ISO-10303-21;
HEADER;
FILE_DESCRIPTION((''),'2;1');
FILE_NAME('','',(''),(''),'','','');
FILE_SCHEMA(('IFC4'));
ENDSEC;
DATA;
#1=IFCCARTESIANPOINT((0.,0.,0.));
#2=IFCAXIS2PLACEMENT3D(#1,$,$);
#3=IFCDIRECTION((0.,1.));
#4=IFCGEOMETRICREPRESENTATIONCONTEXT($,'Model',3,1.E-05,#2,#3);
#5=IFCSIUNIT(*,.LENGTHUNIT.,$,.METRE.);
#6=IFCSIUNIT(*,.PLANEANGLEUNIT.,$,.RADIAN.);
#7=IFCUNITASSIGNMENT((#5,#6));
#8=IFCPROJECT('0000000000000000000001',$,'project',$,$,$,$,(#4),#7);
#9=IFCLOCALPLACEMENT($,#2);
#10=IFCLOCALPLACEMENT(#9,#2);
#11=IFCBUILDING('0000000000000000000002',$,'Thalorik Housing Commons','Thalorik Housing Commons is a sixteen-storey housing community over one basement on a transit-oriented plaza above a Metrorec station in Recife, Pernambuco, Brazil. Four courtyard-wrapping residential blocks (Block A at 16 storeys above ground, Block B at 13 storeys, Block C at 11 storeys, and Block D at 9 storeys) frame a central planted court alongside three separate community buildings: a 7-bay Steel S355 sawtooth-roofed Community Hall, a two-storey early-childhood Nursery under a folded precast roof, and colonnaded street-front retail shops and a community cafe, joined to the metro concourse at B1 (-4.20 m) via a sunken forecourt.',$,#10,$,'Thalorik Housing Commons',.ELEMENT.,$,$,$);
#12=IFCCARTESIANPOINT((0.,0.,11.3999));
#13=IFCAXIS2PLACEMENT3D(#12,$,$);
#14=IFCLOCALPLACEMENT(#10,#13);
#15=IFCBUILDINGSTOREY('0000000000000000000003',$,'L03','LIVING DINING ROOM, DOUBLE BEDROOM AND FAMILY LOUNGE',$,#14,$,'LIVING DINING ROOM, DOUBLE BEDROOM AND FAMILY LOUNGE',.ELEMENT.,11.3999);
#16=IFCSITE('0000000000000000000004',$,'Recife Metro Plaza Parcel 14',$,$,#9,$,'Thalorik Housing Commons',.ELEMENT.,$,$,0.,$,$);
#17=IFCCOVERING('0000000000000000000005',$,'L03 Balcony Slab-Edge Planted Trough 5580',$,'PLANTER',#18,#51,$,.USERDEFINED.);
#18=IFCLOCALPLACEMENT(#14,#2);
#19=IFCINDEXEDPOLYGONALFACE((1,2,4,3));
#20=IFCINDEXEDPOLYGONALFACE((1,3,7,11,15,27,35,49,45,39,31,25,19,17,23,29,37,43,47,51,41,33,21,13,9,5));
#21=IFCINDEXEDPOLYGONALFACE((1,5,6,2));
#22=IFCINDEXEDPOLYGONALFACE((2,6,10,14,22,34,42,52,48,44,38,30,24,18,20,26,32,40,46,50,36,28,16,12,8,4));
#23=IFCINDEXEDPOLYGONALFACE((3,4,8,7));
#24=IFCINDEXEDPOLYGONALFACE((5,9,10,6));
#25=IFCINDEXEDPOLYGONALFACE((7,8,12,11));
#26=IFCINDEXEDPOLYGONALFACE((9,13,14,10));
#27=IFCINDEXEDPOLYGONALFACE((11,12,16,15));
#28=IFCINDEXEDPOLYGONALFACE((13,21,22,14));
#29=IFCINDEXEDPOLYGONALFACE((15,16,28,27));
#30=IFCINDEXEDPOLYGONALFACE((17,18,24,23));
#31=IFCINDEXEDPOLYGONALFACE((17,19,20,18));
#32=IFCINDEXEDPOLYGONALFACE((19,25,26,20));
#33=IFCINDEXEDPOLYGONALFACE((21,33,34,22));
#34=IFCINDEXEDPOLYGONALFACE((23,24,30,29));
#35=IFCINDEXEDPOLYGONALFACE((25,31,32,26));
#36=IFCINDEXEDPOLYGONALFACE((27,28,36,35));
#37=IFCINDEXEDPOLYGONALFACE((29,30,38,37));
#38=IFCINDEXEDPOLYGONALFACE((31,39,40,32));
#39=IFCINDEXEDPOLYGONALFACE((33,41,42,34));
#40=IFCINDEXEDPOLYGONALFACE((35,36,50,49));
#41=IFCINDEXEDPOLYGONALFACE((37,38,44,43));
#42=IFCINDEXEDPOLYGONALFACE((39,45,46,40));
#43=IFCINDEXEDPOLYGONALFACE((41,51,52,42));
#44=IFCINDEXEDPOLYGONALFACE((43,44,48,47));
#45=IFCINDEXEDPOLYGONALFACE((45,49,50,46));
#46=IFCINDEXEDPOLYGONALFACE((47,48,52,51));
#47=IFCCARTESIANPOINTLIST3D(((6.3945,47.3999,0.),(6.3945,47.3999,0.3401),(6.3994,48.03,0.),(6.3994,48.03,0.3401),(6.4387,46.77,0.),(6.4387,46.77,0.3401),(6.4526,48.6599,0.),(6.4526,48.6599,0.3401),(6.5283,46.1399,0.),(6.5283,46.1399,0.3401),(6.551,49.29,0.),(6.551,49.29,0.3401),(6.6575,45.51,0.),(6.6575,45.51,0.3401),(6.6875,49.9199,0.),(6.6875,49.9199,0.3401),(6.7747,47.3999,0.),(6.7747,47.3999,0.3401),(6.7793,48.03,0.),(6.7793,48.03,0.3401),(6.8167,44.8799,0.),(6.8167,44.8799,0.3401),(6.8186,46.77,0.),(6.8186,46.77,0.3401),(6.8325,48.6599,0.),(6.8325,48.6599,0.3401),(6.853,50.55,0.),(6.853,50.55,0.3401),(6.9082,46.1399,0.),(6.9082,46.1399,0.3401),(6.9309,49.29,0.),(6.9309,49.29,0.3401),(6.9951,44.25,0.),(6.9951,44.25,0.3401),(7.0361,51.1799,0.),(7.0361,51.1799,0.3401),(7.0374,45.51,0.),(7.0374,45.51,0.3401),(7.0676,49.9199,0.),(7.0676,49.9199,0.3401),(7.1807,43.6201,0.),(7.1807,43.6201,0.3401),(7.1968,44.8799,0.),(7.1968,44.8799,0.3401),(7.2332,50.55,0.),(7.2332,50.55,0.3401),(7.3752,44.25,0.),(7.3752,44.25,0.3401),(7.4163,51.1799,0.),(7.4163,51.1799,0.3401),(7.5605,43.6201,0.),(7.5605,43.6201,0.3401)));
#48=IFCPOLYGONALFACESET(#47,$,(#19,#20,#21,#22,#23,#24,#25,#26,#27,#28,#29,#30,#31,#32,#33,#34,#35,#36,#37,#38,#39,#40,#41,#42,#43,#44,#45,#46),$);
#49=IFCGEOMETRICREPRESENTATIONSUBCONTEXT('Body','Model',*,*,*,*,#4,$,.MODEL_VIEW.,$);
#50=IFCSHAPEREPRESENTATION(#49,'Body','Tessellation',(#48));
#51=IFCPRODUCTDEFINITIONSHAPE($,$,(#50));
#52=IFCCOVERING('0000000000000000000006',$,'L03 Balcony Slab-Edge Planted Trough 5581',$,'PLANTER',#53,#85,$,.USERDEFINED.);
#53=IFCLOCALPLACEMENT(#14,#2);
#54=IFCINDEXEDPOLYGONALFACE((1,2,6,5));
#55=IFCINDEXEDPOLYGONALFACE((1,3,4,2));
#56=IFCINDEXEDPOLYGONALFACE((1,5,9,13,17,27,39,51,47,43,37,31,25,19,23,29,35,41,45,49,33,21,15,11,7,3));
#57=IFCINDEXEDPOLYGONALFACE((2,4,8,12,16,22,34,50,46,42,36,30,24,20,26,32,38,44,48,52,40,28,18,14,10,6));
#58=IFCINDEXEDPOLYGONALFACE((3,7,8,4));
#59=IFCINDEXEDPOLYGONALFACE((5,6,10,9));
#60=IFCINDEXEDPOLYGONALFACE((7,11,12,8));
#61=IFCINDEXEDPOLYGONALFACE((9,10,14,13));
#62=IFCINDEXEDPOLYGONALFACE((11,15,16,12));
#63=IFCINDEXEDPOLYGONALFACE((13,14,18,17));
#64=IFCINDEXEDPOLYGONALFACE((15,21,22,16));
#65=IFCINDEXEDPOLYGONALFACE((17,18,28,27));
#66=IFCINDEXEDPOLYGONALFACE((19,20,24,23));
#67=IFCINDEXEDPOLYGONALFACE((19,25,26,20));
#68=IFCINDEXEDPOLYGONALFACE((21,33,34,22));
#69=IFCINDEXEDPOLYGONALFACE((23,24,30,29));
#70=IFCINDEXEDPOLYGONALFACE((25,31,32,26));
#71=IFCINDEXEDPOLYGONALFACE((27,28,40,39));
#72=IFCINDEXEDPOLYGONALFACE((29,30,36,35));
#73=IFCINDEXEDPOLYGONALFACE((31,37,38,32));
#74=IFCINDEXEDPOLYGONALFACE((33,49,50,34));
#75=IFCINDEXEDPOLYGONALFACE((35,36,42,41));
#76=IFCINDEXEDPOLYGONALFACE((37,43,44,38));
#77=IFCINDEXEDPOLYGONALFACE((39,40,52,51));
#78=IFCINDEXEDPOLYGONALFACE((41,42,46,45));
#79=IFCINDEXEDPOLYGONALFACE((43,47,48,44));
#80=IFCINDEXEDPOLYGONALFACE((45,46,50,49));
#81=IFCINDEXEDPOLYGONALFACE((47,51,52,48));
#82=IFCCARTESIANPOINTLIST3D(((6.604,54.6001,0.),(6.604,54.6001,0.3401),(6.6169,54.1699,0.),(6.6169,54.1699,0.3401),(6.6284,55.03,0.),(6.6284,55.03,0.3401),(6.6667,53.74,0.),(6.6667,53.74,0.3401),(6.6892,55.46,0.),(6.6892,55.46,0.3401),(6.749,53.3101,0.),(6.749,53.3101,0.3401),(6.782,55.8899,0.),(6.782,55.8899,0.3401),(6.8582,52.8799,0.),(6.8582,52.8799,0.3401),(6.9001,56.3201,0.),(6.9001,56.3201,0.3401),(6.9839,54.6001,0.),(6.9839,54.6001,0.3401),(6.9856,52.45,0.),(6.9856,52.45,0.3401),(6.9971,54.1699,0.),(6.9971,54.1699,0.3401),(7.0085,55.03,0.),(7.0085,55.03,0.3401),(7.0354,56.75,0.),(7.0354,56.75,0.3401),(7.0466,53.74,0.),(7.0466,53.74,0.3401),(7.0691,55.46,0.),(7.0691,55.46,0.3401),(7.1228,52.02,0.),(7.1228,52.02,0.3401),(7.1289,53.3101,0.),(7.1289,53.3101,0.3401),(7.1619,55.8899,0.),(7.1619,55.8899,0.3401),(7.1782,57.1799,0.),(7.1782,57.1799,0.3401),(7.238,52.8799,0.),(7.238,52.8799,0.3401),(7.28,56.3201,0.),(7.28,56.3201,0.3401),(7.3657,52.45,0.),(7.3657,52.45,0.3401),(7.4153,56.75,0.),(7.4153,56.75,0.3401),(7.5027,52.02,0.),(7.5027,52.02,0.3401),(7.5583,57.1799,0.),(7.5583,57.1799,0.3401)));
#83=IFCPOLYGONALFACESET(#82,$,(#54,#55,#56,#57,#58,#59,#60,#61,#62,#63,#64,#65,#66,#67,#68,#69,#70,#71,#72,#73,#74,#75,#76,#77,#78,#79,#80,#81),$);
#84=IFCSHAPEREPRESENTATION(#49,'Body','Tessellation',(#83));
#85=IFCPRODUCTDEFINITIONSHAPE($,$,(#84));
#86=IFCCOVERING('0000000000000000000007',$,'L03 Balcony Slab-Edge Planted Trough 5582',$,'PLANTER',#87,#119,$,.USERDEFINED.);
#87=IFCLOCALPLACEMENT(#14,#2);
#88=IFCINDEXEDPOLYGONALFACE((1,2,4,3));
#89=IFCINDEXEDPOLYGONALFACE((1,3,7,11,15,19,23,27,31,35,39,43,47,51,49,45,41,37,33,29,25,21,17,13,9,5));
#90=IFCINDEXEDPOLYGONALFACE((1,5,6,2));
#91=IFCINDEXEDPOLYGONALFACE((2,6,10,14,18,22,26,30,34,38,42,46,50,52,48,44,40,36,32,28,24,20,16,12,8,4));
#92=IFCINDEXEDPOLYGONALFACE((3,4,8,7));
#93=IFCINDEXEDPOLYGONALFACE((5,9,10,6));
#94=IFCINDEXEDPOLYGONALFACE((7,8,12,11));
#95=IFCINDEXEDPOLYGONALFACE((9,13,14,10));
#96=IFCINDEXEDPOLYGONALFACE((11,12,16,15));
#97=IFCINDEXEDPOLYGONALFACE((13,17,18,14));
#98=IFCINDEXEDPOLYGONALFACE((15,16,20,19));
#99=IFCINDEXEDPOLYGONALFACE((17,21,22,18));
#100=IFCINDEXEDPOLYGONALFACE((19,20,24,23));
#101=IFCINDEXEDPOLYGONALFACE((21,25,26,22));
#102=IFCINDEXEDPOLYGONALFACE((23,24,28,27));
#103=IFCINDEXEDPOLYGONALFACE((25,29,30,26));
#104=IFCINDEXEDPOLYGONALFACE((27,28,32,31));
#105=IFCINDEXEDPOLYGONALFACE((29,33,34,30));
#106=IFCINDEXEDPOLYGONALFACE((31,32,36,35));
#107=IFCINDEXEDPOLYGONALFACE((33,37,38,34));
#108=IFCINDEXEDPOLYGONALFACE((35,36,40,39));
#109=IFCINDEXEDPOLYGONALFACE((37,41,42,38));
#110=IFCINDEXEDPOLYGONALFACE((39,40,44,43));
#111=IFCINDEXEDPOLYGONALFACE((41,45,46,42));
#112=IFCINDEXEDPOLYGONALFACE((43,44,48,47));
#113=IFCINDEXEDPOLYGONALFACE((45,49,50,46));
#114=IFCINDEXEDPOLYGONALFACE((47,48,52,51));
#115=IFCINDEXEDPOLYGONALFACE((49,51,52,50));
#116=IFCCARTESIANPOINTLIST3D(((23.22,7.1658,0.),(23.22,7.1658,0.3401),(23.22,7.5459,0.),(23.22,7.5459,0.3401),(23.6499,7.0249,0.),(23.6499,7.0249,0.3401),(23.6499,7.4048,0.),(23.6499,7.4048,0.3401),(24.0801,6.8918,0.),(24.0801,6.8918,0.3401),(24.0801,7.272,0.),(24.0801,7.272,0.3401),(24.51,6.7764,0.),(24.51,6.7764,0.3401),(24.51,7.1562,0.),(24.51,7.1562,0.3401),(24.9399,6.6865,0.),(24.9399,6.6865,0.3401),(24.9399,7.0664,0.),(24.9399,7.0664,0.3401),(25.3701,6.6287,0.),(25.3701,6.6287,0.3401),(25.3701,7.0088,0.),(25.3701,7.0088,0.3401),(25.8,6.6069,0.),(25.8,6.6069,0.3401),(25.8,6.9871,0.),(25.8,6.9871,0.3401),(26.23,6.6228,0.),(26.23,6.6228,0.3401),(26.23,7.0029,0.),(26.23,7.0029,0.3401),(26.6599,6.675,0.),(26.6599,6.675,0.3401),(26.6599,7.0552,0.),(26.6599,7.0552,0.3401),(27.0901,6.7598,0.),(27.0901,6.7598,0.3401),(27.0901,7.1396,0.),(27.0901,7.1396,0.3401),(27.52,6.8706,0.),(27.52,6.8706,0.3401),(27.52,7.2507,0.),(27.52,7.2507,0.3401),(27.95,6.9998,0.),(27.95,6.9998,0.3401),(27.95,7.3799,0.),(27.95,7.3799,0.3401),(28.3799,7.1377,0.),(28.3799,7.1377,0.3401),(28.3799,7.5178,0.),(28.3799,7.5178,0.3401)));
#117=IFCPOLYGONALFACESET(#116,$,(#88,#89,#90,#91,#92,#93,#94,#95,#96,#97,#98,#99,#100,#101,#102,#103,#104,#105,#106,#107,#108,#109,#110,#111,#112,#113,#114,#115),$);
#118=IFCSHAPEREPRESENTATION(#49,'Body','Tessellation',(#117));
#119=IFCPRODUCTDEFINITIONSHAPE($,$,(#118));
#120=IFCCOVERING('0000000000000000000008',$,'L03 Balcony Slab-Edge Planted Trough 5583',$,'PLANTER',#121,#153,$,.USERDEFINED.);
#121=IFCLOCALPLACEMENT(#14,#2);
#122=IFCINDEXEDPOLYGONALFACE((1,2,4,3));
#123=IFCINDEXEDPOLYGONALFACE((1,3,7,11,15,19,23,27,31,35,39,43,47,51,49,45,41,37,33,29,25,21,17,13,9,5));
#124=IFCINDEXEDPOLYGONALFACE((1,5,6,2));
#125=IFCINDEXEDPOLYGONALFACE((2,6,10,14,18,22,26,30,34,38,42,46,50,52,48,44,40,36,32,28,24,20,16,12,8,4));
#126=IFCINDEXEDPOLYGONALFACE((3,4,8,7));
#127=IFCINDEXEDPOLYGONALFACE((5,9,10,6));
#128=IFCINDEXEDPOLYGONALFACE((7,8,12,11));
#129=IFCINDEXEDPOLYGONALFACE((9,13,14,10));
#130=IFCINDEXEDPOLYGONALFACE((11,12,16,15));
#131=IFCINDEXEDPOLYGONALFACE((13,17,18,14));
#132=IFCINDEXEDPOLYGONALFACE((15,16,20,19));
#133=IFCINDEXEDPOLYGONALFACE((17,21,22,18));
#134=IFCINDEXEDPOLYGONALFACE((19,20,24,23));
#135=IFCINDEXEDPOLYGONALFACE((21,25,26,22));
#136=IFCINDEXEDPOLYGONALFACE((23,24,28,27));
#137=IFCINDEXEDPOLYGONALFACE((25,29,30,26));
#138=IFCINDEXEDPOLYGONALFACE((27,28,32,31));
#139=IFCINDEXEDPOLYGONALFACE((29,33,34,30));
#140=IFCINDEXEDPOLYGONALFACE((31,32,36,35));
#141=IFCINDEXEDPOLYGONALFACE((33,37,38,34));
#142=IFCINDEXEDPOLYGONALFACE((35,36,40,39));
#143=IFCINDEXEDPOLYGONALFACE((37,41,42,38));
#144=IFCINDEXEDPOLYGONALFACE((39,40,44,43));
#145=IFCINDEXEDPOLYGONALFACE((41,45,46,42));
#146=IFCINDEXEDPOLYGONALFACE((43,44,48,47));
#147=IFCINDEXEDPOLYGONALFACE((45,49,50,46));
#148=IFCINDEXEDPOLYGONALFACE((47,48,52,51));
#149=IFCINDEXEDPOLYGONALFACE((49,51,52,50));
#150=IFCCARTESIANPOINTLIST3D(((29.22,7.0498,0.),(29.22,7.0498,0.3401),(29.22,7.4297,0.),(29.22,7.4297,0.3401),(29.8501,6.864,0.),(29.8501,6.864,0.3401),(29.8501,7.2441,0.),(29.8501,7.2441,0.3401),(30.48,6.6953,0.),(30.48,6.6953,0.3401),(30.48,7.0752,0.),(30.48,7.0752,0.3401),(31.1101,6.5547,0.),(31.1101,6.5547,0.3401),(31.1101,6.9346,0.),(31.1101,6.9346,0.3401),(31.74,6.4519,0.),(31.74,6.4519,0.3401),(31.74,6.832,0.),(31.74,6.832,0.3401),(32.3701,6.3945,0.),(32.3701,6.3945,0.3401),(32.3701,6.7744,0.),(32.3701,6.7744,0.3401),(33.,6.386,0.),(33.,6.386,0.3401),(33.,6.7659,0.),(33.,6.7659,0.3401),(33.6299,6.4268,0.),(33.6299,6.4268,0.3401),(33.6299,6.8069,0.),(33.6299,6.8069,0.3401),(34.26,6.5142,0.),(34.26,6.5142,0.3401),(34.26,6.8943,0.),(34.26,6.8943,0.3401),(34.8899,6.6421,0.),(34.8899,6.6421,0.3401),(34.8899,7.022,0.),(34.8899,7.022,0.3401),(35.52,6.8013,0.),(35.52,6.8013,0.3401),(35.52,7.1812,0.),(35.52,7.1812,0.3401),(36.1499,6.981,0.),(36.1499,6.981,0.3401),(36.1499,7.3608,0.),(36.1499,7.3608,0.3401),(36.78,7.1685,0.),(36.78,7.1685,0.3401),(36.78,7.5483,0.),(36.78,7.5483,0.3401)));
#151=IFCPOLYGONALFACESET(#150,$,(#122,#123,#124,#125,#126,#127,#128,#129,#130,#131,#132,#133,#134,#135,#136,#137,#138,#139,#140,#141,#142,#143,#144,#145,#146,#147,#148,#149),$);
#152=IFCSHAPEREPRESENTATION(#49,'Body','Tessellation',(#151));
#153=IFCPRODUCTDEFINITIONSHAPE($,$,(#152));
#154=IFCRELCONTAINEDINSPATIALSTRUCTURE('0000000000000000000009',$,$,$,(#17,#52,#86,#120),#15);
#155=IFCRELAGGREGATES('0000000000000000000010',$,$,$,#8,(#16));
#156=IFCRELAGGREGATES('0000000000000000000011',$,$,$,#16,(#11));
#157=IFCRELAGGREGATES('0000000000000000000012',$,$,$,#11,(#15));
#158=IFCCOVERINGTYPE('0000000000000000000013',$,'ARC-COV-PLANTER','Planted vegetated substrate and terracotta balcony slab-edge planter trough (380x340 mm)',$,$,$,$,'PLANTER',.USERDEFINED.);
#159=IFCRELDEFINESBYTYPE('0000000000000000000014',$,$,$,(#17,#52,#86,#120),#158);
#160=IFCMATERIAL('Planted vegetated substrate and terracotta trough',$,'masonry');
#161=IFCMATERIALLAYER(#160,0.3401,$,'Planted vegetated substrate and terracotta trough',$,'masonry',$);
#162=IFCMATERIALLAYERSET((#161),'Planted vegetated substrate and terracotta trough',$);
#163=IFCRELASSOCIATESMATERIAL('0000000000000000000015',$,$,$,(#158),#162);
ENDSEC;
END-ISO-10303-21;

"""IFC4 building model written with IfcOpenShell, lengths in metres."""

from ifc_helpers import new_model, si_unit, direction, frame, origin, place, context, subcontext, project, spatial, polyline, outline, extrude, material, layer, layer_set, type_object, element, save


model = new_model("IFC4")

# Units and contexts
model_context = context("Model", 3, precision=1e-05, world=origin(), true_north=direction((0.0, 1.0)))
body_context = subcontext(model_context, "Body", "Model", "MODEL_VIEW")
ifc_project = project(units=[si_unit("LENGTHUNIT", "METRE"), si_unit("PLANEANGLEUNIT", "RADIAN")], contexts=[model_context])

# Site, building, storey
site_placement = place(None, origin())
site = spatial("IfcSite", under=ifc_project, at=site_placement, Name="Recife Metro Plaza Parcel 14", LongName="Thalorik Housing Commons", CompositionType="ELEMENT", RefElevation=0.0)
building_placement = place(site_placement, origin())
building = spatial("IfcBuilding", under=site, at=building_placement, Name="Thalorik Housing Commons", Description="Thalorik Housing Commons is a sixteen-storey housing community over one basement on a transit-oriented plaza above a Metrorec station in Recife, Pernambuco, Brazil. Four courtyard-wrapping residential blocks (Block A at 16 storeys above ground, Block B at 13 storeys, Block C at 11 storeys, and Block D at 9 storeys) frame a central planted court alongside three separate community buildings: a 7-bay Steel S355 sawtooth-roofed Community Hall, a two-storey early-childhood Nursery under a folded precast roof, and colonnaded street-front retail shops and a community cafe, joined to the metro concourse at B1 (-4.20 m) via a sunken forecourt.", LongName="Thalorik Housing Commons", CompositionType="ELEMENT")
storey_placement = place(building_placement, frame((0.0, 0.0, 11.3999)))
storey = spatial("IfcBuildingStorey", under=building, at=storey_placement, Name="L03", Description="LIVING DINING ROOM, DOUBLE BEDROOM AND FAMILY LOUNGE", LongName="LIVING DINING ROOM, DOUBLE BEDROOM AND FAMILY LOUNGE", CompositionType="ELEMENT", Elevation=11.3999)

# Coverings
ifc_material_1 = material(Name="Planted vegetated substrate and terracotta trough", Category="masonry")
ifc_layer_1 = layer(ifc_material_1, 0.3401, Name="Planted vegetated substrate and terracotta trough", Category="masonry")
ifc_layer_set_1 = layer_set([ifc_layer_1], Name="Planted vegetated substrate and terracotta trough")
covering_type = type_object("IfcCoveringType", Name="ARC-COV-PLANTER", Description="Planted vegetated substrate and terracotta balcony slab-edge planter trough (380x340 mm)", ElementType="PLANTER", PredefinedType="USERDEFINED", material=ifc_layer_set_1)
covering_1_placement = place(storey_placement, origin())
element("IfcCovering", 1, at=covering_1_placement, inside=storey, type_object=covering_type, Name="L03 Balcony Slab-Edge Planted Trough 5580", ObjectType="PLANTER", PredefinedType="USERDEFINED", context=body_context, shape_type="SweptSolid", body=[
    extrude(outline(polyline([(7.0361, 51.1799), (6.853, 50.55), (6.6875, 49.9199), (6.551, 49.29), (6.4526, 48.6599), (6.3994, 48.03), (6.3945, 47.3999), (6.4387, 46.77), (6.5283, 46.1399), (6.6575, 45.51), (6.8167, 44.8799), (6.9951, 44.25), (7.1807, 43.6201), (7.5605, 43.6201), (7.3752, 44.25), (7.1968, 44.8799), (7.0374, 45.51), (6.9082, 46.1399), (6.8186, 46.77), (6.7747, 47.3999), (6.7793, 48.03), (6.8325, 48.6599), (6.9309, 49.29), (7.0676, 49.9199), (7.2332, 50.55), (7.4163, 51.1799), (7.0361, 51.1799)])), origin(), (0.0, 0.0, 1.0), 0.3401),
])
covering_2_placement = place(storey_placement, origin())
element("IfcCovering", 2, at=covering_2_placement, inside=storey, type_object=covering_type, Name="L03 Balcony Slab-Edge Planted Trough 5581", ObjectType="PLANTER", PredefinedType="USERDEFINED", context=body_context, shape_type="SweptSolid", body=[
    extrude(outline(polyline([(7.1782, 57.1799), (7.0354, 56.75), (6.9001, 56.3201), (6.782, 55.8899), (6.6892, 55.46), (6.6284, 55.03), (6.604, 54.6001), (6.6169, 54.1699), (6.6667, 53.74), (6.749, 53.3101), (6.8582, 52.8799), (6.9856, 52.45), (7.1228, 52.02), (7.5027, 52.02), (7.3657, 52.45), (7.238, 52.8799), (7.1289, 53.3101), (7.0466, 53.74), (6.9971, 54.1699), (6.9839, 54.6001), (7.0085, 55.03), (7.0691, 55.46), (7.1619, 55.8899), (7.28, 56.3201), (7.4153, 56.75), (7.5583, 57.1799), (7.1782, 57.1799)])), origin(), (0.0, 0.0, 1.0), 0.3401),
])
covering_3_placement = place(storey_placement, origin())
element("IfcCovering", 3, at=covering_3_placement, inside=storey, type_object=covering_type, Name="L03 Balcony Slab-Edge Planted Trough 5582", ObjectType="PLANTER", PredefinedType="USERDEFINED", context=body_context, shape_type="SweptSolid", body=[
    extrude(outline(polyline([(23.22, 7.1658), (23.6499, 7.0249), (24.0801, 6.8918), (24.51, 6.7764), (24.9399, 6.6865), (25.3701, 6.6287), (25.8, 6.6069), (26.23, 6.6228), (26.6599, 6.675), (27.0901, 6.7598), (27.52, 6.8706), (27.95, 6.9998), (28.3799, 7.1377), (28.3799, 7.5178), (27.95, 7.3799), (27.52, 7.2507), (27.0901, 7.1396), (26.6599, 7.0552), (26.23, 7.0029), (25.8, 6.9871), (25.3701, 7.0088), (24.9399, 7.0664), (24.51, 7.1562), (24.0801, 7.272), (23.6499, 7.4048), (23.22, 7.5459), (23.22, 7.1658)])), origin(), (0.0, 0.0, 1.0), 0.3401),
])
covering_4_placement = place(storey_placement, origin())
element("IfcCovering", 4, at=covering_4_placement, inside=storey, type_object=covering_type, Name="L03 Balcony Slab-Edge Planted Trough 5583", ObjectType="PLANTER", PredefinedType="USERDEFINED", context=body_context, shape_type="SweptSolid", body=[
    extrude(outline(polyline([(29.22, 7.0498), (29.8501, 6.864), (30.48, 6.6953), (31.1101, 6.5547), (31.74, 6.4519), (32.3701, 6.3945), (33.0, 6.386), (33.6299, 6.4268), (34.26, 6.5142), (34.8899, 6.6421), (35.52, 6.8013), (36.1499, 6.981), (36.78, 7.1685), (36.78, 7.5483), (36.1499, 7.3608), (35.52, 7.1812), (34.8899, 7.022), (34.26, 6.8943), (33.6299, 6.8069), (33.0, 6.7659), (32.3701, 6.7744), (31.74, 6.832), (31.1101, 6.9346), (30.48, 7.0752), (29.8501, 7.2441), (29.22, 7.4297), (29.22, 7.0498)])), origin(), (0.0, 0.0, 1.0), 0.3401),
])

save(model, "model.ifc")
